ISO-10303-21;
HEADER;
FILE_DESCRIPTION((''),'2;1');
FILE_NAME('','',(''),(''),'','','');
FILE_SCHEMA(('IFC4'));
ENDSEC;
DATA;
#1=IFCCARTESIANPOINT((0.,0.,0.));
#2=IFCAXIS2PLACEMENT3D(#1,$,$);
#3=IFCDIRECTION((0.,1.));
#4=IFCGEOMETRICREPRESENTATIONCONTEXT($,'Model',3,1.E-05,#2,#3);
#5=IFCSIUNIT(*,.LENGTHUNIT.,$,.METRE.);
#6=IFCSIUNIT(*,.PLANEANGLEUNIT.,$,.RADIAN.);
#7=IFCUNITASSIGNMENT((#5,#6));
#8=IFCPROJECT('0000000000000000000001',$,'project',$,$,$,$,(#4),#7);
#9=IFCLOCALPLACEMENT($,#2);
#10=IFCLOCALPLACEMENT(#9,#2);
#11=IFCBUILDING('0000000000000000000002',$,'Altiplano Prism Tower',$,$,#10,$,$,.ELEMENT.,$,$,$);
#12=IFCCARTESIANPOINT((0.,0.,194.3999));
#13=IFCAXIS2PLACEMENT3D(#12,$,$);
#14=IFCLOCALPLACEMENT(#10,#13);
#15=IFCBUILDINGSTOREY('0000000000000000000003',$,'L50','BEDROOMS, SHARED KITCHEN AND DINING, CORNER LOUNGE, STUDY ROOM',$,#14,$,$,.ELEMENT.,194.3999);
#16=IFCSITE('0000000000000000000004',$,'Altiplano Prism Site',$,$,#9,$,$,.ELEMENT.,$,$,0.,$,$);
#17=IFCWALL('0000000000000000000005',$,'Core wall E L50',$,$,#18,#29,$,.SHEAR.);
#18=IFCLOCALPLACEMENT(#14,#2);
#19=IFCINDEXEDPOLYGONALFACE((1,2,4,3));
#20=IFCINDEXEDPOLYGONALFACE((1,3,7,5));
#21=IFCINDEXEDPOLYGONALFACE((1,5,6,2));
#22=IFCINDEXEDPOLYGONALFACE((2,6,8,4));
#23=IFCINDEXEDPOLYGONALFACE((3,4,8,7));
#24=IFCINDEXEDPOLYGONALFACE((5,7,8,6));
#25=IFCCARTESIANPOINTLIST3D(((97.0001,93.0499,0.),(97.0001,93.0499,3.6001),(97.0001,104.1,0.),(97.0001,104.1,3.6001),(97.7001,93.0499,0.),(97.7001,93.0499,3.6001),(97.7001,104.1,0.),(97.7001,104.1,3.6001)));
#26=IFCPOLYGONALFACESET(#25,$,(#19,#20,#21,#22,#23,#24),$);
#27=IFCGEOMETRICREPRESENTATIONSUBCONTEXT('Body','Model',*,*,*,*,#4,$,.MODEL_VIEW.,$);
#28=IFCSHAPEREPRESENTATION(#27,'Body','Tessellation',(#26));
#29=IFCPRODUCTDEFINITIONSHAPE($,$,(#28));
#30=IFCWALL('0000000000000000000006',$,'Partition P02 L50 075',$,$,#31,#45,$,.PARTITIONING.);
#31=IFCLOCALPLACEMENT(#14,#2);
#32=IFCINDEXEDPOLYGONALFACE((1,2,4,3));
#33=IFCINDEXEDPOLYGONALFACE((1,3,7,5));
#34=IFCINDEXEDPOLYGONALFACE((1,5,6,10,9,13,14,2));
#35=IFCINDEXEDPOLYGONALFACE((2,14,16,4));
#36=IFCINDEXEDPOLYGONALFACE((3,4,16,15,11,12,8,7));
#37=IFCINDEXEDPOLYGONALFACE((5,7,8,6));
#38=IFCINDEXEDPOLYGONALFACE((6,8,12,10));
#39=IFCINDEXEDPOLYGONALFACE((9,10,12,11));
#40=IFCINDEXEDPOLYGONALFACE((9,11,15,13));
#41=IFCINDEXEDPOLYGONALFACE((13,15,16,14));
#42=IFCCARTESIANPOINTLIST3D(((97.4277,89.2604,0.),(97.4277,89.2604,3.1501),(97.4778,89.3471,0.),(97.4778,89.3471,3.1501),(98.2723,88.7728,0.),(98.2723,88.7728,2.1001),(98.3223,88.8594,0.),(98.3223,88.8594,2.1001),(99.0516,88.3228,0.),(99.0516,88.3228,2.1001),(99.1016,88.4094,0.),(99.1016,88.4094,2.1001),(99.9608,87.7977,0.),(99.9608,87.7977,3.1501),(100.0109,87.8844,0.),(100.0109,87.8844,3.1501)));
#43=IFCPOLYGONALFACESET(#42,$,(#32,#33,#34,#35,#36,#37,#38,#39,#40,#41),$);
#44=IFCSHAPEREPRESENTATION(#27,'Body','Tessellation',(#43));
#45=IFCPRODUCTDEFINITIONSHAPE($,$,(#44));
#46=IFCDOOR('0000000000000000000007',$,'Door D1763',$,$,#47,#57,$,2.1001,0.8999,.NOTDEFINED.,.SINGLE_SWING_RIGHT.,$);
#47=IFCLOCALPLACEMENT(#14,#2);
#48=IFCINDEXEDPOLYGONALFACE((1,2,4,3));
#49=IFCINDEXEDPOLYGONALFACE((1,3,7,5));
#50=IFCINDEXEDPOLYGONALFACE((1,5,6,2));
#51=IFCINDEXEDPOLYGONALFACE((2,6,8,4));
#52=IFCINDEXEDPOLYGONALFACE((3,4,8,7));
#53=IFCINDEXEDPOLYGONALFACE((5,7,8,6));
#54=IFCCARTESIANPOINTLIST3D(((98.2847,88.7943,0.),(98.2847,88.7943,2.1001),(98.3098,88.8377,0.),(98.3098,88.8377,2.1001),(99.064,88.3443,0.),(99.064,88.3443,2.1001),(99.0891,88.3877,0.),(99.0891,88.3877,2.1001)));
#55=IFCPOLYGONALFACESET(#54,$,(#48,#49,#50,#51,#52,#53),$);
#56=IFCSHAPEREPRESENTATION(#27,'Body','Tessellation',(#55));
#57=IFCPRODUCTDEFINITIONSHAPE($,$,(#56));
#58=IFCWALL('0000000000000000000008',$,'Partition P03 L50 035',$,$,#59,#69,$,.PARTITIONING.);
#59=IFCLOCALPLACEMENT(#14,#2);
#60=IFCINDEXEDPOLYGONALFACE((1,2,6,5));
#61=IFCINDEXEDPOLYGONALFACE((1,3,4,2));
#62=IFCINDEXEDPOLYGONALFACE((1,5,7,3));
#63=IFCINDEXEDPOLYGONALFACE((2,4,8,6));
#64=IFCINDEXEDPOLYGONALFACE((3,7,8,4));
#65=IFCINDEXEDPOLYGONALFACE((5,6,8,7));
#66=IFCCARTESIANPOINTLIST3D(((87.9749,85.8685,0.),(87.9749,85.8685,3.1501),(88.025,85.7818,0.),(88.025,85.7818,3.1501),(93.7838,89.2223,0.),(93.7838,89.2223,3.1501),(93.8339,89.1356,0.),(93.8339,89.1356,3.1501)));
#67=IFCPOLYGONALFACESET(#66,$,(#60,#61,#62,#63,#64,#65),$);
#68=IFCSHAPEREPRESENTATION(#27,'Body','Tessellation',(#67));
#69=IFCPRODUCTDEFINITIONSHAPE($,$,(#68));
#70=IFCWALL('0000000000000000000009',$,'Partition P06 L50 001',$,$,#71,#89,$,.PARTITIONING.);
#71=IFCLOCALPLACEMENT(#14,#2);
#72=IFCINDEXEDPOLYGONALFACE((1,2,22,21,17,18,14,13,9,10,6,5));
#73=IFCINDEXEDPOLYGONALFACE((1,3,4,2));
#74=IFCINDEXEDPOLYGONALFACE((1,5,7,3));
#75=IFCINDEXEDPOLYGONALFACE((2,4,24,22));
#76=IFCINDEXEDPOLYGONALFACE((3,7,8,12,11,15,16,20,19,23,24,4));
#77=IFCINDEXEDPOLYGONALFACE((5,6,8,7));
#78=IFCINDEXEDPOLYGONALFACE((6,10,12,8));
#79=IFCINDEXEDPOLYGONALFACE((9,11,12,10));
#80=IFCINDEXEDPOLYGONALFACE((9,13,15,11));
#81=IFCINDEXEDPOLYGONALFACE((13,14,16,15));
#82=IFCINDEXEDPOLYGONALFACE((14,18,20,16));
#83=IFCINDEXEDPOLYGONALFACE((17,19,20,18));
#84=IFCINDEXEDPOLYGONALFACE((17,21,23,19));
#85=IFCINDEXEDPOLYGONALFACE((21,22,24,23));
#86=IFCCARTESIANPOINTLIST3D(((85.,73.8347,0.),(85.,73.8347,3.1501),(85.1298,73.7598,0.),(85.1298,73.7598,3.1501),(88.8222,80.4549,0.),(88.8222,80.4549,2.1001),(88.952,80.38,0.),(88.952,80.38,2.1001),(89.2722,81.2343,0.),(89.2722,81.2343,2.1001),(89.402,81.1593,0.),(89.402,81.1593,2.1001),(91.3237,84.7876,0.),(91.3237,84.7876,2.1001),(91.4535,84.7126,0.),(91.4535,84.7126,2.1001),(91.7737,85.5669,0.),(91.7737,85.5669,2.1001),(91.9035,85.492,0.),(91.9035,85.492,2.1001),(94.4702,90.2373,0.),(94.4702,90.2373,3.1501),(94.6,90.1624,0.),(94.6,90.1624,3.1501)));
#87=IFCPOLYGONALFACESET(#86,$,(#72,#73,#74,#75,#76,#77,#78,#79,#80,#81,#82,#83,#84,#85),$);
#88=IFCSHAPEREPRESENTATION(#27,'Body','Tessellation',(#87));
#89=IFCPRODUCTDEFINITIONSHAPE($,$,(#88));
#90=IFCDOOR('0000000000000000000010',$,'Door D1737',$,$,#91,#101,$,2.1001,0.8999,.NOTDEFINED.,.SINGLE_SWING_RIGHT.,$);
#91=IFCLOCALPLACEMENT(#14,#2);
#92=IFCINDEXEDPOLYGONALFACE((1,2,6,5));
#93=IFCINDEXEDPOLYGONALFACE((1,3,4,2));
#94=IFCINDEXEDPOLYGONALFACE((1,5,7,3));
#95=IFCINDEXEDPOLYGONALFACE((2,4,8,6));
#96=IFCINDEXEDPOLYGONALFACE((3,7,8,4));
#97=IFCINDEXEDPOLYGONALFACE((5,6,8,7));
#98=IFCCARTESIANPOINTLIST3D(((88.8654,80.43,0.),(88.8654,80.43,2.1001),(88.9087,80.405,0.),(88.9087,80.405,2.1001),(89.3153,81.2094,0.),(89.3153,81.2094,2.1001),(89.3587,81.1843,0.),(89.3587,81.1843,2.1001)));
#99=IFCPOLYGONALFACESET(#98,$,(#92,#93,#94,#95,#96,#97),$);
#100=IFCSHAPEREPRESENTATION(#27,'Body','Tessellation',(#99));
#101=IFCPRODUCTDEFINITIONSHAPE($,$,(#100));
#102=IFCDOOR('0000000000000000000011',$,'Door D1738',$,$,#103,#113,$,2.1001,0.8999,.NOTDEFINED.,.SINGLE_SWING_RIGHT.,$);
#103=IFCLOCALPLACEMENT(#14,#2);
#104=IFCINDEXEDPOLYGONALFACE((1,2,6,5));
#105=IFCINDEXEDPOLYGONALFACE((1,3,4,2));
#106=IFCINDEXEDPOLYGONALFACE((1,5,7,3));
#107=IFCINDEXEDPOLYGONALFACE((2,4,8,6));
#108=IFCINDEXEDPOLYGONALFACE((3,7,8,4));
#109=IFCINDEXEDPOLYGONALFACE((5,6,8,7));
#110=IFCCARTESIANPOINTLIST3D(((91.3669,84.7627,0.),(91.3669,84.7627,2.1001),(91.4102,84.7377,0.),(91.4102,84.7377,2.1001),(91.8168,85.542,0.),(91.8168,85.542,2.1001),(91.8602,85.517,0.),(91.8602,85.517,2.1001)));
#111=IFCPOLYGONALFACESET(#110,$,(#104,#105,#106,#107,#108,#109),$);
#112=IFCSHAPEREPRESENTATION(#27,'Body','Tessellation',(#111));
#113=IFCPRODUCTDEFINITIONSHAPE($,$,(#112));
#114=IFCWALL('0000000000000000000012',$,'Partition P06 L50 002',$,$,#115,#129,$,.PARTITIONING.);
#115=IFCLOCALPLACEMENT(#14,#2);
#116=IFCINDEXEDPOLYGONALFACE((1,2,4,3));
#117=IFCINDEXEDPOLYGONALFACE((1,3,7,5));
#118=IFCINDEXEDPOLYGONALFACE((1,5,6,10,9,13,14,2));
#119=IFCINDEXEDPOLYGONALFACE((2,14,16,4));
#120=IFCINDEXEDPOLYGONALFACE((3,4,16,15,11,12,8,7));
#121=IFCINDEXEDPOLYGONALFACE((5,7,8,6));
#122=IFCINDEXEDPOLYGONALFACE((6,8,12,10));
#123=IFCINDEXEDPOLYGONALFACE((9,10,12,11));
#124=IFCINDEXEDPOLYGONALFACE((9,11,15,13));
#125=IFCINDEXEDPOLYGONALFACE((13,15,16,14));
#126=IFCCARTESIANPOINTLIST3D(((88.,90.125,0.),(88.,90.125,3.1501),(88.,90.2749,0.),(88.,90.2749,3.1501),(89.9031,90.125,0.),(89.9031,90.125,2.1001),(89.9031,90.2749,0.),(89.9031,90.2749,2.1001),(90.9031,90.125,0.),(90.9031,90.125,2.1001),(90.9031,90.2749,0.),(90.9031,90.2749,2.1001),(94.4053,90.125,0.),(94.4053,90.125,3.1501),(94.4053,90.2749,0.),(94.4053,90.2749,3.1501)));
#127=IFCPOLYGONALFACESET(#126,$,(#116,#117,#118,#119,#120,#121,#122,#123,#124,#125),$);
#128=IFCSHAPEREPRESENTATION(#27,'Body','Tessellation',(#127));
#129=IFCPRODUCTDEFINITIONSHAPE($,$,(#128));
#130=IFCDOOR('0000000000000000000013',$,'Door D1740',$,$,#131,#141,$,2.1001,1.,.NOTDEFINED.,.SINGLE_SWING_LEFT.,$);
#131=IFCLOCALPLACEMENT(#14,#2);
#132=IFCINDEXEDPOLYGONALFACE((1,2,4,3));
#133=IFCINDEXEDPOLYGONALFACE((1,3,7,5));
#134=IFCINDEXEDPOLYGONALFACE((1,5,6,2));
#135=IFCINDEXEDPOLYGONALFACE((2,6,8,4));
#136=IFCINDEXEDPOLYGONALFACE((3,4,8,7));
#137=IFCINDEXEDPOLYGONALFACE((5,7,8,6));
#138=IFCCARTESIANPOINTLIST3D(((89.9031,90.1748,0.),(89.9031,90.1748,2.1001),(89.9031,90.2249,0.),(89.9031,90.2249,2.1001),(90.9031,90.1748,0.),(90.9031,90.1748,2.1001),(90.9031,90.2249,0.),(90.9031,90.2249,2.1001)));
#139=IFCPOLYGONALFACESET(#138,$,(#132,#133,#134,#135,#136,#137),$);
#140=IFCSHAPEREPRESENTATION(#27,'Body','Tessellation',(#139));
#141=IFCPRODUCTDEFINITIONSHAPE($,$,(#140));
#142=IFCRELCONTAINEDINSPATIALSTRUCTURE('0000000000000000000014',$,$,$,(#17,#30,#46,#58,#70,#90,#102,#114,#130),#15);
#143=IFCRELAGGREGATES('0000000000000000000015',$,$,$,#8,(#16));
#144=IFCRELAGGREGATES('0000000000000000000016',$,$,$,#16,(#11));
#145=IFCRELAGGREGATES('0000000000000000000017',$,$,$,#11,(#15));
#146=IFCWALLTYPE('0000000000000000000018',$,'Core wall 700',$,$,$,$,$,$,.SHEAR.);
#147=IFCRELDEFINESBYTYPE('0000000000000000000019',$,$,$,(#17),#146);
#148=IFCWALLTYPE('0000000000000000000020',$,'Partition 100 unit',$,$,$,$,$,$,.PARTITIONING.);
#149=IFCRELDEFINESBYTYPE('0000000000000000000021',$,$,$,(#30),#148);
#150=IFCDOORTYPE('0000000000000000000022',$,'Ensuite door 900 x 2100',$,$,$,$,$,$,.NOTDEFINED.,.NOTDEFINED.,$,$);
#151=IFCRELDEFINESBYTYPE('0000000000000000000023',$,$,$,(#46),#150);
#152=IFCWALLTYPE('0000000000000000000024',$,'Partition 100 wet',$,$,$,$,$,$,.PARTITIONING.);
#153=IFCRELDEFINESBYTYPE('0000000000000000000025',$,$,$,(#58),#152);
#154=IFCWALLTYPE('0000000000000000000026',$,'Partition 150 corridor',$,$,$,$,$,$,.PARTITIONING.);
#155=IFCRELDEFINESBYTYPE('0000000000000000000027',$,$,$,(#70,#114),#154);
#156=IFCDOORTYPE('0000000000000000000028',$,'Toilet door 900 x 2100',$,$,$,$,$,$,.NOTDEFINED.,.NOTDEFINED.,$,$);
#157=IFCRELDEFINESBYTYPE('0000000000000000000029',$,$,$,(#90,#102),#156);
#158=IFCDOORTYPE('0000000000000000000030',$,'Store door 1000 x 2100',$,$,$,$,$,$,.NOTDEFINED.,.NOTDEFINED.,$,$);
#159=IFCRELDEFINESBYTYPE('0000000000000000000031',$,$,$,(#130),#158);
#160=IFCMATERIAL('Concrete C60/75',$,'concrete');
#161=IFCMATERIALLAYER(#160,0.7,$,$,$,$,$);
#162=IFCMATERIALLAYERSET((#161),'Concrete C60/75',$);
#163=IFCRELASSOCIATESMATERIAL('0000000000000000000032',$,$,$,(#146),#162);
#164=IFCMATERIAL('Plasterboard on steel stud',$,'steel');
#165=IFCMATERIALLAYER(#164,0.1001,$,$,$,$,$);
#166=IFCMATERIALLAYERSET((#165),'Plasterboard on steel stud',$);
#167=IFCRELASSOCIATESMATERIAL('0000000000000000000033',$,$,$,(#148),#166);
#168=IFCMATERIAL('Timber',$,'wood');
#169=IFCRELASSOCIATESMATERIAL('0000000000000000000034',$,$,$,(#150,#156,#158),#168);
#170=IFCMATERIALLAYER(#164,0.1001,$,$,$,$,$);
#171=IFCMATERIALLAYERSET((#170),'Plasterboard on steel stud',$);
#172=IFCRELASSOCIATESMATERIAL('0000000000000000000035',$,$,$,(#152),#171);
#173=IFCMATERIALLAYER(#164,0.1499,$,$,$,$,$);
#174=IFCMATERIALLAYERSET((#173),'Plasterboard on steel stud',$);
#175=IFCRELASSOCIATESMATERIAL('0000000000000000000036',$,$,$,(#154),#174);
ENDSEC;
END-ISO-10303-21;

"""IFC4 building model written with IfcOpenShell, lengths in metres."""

from ifc_helpers import new_model, si_unit, direction, frame, frame_2d, origin, place, context, subcontext, project, spatial, rectangle, extrude, material, layer, layer_set, type_object, element, fill, save


model = new_model("IFC4")

# Units and contexts
model_context = context("Model", 3, precision=1e-05, world=origin(), true_north=direction((0.0, 1.0)))
body_context = subcontext(model_context, "Body", "Model", "MODEL_VIEW")
ifc_project = project(units=[si_unit("LENGTHUNIT", "METRE"), si_unit("PLANEANGLEUNIT", "RADIAN")], contexts=[model_context])

# Site, building, storey
site_placement = place(None, origin())
site = spatial("IfcSite", under=ifc_project, at=site_placement, Name="Altiplano Prism Site", CompositionType="ELEMENT", RefElevation=0.0)
building_placement = place(site_placement, origin())
building = spatial("IfcBuilding", under=site, at=building_placement, Name="Altiplano Prism Tower", CompositionType="ELEMENT")
storey_placement = place(building_placement, frame((0.0, 0.0, 194.3999)))
storey = spatial("IfcBuildingStorey", under=building, at=storey_placement, Name="L50", Description="BEDROOMS, SHARED KITCHEN AND DINING, CORNER LOUNGE, STUDY ROOM", CompositionType="ELEMENT", Elevation=194.3999)

# Wall
ifc_material_1 = material(Name="Concrete C60/75", Category="concrete")
ifc_layer_1 = layer(ifc_material_1, 0.7)
ifc_layer_set_1 = layer_set([ifc_layer_1], Name="Concrete C60/75")
wall_type_1 = type_object("IfcWallType", Name="Core wall 700", PredefinedType="SHEAR", material=ifc_layer_set_1)
wall_1_placement = place(storey_placement, frame((97.3501, 93.05, 0.0), z_axis=(0.0, 0.0, 1.0), x_axis=(0.0, 1.0, 0.0)))
element("IfcWall", 1, at=wall_1_placement, inside=storey, type_object=wall_type_1, Name="Core wall E L50", PredefinedType="SHEAR", context=body_context, shape_type="SweptSolid", body=[
    extrude(rectangle(XDim=11.05, YDim=0.7, at=frame_2d((5.5249, 0.0))), origin(), (0.0, 0.0, 1.0), 3.6001),
])

# Wall, opening, door
ifc_material_2 = material(Name="Plasterboard on steel stud", Category="steel")
ifc_layer_2 = layer(ifc_material_2, 0.1001)
ifc_layer_set_2 = layer_set([ifc_layer_2], Name="Plasterboard on steel stud")
wall_type_2 = type_object("IfcWallType", Name="Partition 100 unit", PredefinedType="PARTITIONING", material=ifc_layer_set_2)
wall_2_placement = place(storey_placement, frame((97.4529, 89.3037, 0.0), z_axis=(0.0, 0.0, 1.0), x_axis=(0.86599, -0.500062, 0.0)))
wall_2 = element("IfcWall", 2, at=wall_2_placement, inside=storey, type_object=wall_type_2, Name="Partition P02 L50 075", PredefinedType="PARTITIONING", context=body_context, shape_type="SweptSolid", body=[
    extrude(rectangle(XDim=2.925, YDim=0.1001, at=frame_2d((1.4624, 0.0))), origin(), (0.0, 0.0, 1.0), 3.1501),
])
opening_1_placement = place(wall_2_placement, frame((0.9751, 0.0, 0.0)))
opening_1 = element("IfcOpeningElement", 3, at=opening_1_placement, cuts=wall_2, PredefinedType="OPENING", context=body_context, shape_type="SweptSolid", body=[
    extrude(rectangle(XDim=0.8999, YDim=2.1001, at=frame_2d((0.45, 1.05))), frame((0.0, 0.0605, 0.0), z_axis=(0.0, -1.0, 0.0), x_axis=(1.0, 0.0, 0.0)), (0.0, 0.0, 1.0), 0.1211),
])
ifc_material_3 = material(Name="Timber", Category="wood")
door_type_1 = type_object("IfcDoorType", Name="Ensuite door 900 x 2100", OperationType="NOTDEFINED", PredefinedType="NOTDEFINED", material=ifc_material_3)
door_1_placement = place(opening_1_placement, origin())
door_1 = element("IfcDoor", 4, at=door_1_placement, inside=storey, type_object=door_type_1, Name="Door D1763", OperationType="SINGLE_SWING_RIGHT", OverallHeight=2.1001, OverallWidth=0.8999, PredefinedType="NOTDEFINED", context=body_context, shape_type="SweptSolid", body=[
    extrude(rectangle(XDim=0.8999, YDim=2.1001, at=frame_2d((0.45, 1.05))), frame((0.0, 0.0249, 0.0), z_axis=(0.0, -1.0, 0.0), x_axis=(1.0, 0.0, 0.0)), (0.0, 0.0, 1.0), 0.05),
])
fill(opening_1, door_1)

# Wall
ifc_layer_3 = layer(ifc_material_2, 0.1001)
ifc_layer_set_3 = layer_set([ifc_layer_3], Name="Plasterboard on steel stud")
wall_type_3 = type_object("IfcWallType", Name="Partition 100 wet", PredefinedType="PARTITIONING", material=ifc_layer_set_3)
wall_3_placement = place(storey_placement, frame((93.8088, 89.179, 0.0), z_axis=(0.0, 0.0, 1.0), x_axis=(-0.866024, -0.500003, 0.0)))
element("IfcWall", 5, at=wall_3_placement, inside=storey, type_object=wall_type_3, Name="Partition P03 L50 035", PredefinedType="PARTITIONING", context=body_context, shape_type="SweptSolid", body=[
    extrude(rectangle(XDim=6.7075, YDim=0.1001, at=frame_2d((3.3538, 0.0))), origin(), (0.0, 0.0, 1.0), 3.1501),
])

# Wall, openings, doors
ifc_layer_4 = layer(ifc_material_2, 0.1499)
ifc_layer_set_4 = layer_set([ifc_layer_4], Name="Plasterboard on steel stud")
wall_type_4 = type_object("IfcWallType", Name="Partition 150 corridor", PredefinedType="PARTITIONING", material=ifc_layer_set_4)
wall_4_placement = place(storey_placement, frame((94.5352, 90.2, 0.0), z_axis=(0.0, 0.0, 1.0), x_axis=(-0.500007, -0.866021, 0.0)))
wall_4 = element("IfcWall", 6, at=wall_4_placement, inside=storey, type_object=wall_type_4, Name="Partition P06 L50 001", PredefinedType="PARTITIONING", context=body_context, shape_type="SweptSolid", body=[
    extrude(rectangle(XDim=18.9402, YDim=0.1499, at=frame_2d((9.4702, 0.0))), origin(), (0.0, 0.0, 1.0), 3.1501),
])
opening_2_placement = place(wall_4_placement, frame((10.396, 0.0, 0.0)))
opening_2 = element("IfcOpeningElement", 7, at=opening_2_placement, cuts=wall_4, PredefinedType="OPENING", context=body_context, shape_type="SweptSolid", body=[
    extrude(rectangle(XDim=0.8999, YDim=2.1001, at=frame_2d((0.45, 1.05))), frame((0.0, 0.0854, 0.0), z_axis=(0.0, -1.0, 0.0), x_axis=(1.0, 0.0, 0.0)), (0.0, 0.0, 1.0), 0.1709),
])
opening_3_placement = place(wall_4_placement, frame((5.3931, 0.0, 0.0)))
opening_3 = element("IfcOpeningElement", 8, at=opening_3_placement, cuts=wall_4, PredefinedType="OPENING", context=body_context, shape_type="SweptSolid", body=[
    extrude(rectangle(XDim=0.8999, YDim=2.1001, at=frame_2d((0.45, 1.05))), frame((0.0, 0.0854, 0.0), z_axis=(0.0, -1.0, 0.0), x_axis=(1.0, 0.0, 0.0)), (0.0, 0.0, 1.0), 0.1709),
])
door_type_2 = type_object("IfcDoorType", Name="Toilet door 900 x 2100", OperationType="NOTDEFINED", PredefinedType="NOTDEFINED", material=ifc_material_3)
door_2_placement = place(opening_2_placement, origin())
door_2 = element("IfcDoor", 9, at=door_2_placement, inside=storey, type_object=door_type_2, Name="Door D1737", OperationType="SINGLE_SWING_RIGHT", OverallHeight=2.1001, OverallWidth=0.8999, PredefinedType="NOTDEFINED", context=body_context, shape_type="SweptSolid", body=[
    extrude(rectangle(XDim=0.8999, YDim=2.1001, at=frame_2d((0.45, 1.05))), frame((0.0, 0.0249, 0.0), z_axis=(0.0, -1.0, 0.0), x_axis=(1.0, 0.0, 0.0)), (0.0, 0.0, 1.0), 0.05),
])
fill(opening_2, door_2)
door_3_placement = place(opening_3_placement, origin())
door_3 = element("IfcDoor", 10, at=door_3_placement, inside=storey, type_object=door_type_2, Name="Door D1738", OperationType="SINGLE_SWING_RIGHT", OverallHeight=2.1001, OverallWidth=0.8999, PredefinedType="NOTDEFINED", context=body_context, shape_type="SweptSolid", body=[
    extrude(rectangle(XDim=0.8999, YDim=2.1001, at=frame_2d((0.45, 1.05))), frame((0.0, 0.0249, 0.0), z_axis=(0.0, -1.0, 0.0), x_axis=(1.0, 0.0, 0.0)), (0.0, 0.0, 1.0), 0.05),
])
fill(opening_3, door_3)

# Wall, opening, door
wall_5_placement = place(storey_placement, frame((88.0, 90.2, 0.0), z_axis=(0.0, 0.0, 1.0), x_axis=(1.0, 0.0, 0.0)))
wall_5 = element("IfcWall", 11, at=wall_5_placement, inside=storey, type_object=wall_type_4, Name="Partition P06 L50 002", PredefinedType="PARTITIONING", context=body_context, shape_type="SweptSolid", body=[
    extrude(rectangle(XDim=6.4053, YDim=0.1499, at=frame_2d((3.2026, 0.0))), origin(), (0.0, 0.0, 1.0), 3.1501),
])
opening_4_placement = place(wall_5_placement, frame((1.9031, 0.0, 0.0)))
opening_4 = element("IfcOpeningElement", 12, at=opening_4_placement, cuts=wall_5, PredefinedType="OPENING", context=body_context, shape_type="SweptSolid", body=[
    extrude(rectangle(XDim=1.0, YDim=2.1001, at=frame_2d((0.5, 1.05))), frame((0.0, 0.0854, 0.0), z_axis=(0.0, -1.0, 0.0), x_axis=(1.0, 0.0, 0.0)), (0.0, 0.0, 1.0), 0.1709),
])
door_type_3 = type_object("IfcDoorType", Name="Store door 1000 x 2100", OperationType="NOTDEFINED", PredefinedType="NOTDEFINED", material=ifc_material_3)
door_4_placement = place(opening_4_placement, origin())
door_4 = element("IfcDoor", 13, at=door_4_placement, inside=storey, type_object=door_type_3, Name="Door D1740", OperationType="SINGLE_SWING_LEFT", OverallHeight=2.1001, OverallWidth=1.0, PredefinedType="NOTDEFINED", context=body_context, shape_type="SweptSolid", body=[
    extrude(rectangle(XDim=1.0, YDim=2.1001, at=frame_2d((0.5, 1.05))), frame((0.0, 0.0249, 0.0), z_axis=(0.0, -1.0, 0.0), x_axis=(1.0, 0.0, 0.0)), (0.0, 0.0, 1.0), 0.05),
])
fill(opening_4, door_4)

save(model, "model.ifc")
